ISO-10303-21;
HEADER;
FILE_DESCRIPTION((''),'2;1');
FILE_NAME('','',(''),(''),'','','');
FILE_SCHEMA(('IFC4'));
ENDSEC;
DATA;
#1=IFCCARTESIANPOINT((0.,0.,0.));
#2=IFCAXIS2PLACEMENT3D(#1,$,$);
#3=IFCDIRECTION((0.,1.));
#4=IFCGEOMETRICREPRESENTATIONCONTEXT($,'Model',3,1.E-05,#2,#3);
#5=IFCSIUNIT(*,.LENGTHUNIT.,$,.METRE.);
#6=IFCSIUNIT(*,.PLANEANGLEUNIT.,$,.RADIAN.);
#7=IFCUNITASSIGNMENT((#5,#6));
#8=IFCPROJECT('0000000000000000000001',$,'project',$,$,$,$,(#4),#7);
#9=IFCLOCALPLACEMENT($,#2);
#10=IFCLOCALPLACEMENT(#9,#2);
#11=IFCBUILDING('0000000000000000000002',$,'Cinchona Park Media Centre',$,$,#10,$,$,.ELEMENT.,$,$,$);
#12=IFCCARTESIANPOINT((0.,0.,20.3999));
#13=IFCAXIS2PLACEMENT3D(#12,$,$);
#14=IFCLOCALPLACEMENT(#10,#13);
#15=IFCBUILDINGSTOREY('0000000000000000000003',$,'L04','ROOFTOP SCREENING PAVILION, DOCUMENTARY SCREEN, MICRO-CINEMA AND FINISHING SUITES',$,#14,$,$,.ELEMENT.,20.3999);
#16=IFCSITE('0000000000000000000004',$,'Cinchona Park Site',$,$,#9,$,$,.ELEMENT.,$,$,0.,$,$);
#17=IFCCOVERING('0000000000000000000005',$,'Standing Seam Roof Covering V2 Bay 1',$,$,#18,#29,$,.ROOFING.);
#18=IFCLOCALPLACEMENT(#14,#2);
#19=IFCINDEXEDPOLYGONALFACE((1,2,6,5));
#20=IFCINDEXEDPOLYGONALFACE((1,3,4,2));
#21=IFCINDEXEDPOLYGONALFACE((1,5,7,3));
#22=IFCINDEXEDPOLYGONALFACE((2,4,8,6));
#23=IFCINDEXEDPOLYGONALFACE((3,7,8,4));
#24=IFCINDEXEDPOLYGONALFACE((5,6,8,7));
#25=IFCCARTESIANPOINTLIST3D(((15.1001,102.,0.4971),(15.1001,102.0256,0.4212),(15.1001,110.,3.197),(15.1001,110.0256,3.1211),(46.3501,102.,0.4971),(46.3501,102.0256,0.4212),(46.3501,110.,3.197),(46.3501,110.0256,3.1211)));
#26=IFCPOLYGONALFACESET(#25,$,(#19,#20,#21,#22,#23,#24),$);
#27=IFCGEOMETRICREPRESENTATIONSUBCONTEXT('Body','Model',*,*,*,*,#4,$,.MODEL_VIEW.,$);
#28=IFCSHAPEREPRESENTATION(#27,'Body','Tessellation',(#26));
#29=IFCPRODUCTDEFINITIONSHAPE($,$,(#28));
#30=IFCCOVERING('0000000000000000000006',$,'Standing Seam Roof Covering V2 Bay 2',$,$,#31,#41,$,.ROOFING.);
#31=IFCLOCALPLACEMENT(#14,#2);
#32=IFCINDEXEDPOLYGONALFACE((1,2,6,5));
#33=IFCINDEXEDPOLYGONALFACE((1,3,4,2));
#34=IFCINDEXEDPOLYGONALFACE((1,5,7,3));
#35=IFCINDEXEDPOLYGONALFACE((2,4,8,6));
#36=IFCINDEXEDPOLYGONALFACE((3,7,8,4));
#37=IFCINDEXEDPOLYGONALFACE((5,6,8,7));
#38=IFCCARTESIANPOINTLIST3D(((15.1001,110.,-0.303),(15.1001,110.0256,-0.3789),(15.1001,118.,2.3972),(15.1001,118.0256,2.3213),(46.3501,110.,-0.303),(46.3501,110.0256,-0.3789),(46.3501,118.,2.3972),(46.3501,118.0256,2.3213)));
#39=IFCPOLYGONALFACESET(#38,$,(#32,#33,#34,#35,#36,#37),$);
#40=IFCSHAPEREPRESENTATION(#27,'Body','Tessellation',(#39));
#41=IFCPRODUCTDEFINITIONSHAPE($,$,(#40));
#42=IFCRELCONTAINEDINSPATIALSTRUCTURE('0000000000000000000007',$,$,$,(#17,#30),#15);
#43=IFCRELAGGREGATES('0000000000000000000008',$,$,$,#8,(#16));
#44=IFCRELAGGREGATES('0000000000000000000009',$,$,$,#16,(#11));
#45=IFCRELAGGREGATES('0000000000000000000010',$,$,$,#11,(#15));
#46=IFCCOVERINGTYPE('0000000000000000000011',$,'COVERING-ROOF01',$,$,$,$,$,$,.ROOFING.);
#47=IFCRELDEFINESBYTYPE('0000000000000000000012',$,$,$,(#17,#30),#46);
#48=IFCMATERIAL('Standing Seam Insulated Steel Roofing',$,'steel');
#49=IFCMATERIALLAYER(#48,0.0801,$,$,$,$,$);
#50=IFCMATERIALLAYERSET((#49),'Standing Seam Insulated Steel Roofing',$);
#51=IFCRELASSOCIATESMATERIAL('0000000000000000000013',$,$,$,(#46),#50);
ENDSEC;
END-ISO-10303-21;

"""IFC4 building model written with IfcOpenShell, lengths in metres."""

from ifc_helpers import new_model, si_unit, direction, frame, origin, place, context, subcontext, project, spatial, polyline, outline, extrude, material, layer, layer_set, type_object, element, save


model = new_model("IFC4")

# Units and contexts
model_context = context("Model", 3, precision=1e-05, world=origin(), true_north=direction((0.0, 1.0)))
body_context = subcontext(model_context, "Body", "Model", "MODEL_VIEW")
ifc_project = project(units=[si_unit("LENGTHUNIT", "METRE"), si_unit("PLANEANGLEUNIT", "RADIAN")], contexts=[model_context])

# Site, building, storey
site_placement = place(None, origin())
site = spatial("IfcSite", under=ifc_project, at=site_placement, Name="Cinchona Park Site", CompositionType="ELEMENT", RefElevation=0.0)
building_placement = place(site_placement, origin())
building = spatial("IfcBuilding", under=site, at=building_placement, Name="Cinchona Park Media Centre", CompositionType="ELEMENT")
storey_placement = place(building_placement, frame((0.0, 0.0, 20.3999)))
storey = spatial("IfcBuildingStorey", under=building, at=storey_placement, Name="L04", Description="ROOFTOP SCREENING PAVILION, DOCUMENTARY SCREEN, MICRO-CINEMA AND FINISHING SUITES", CompositionType="ELEMENT", Elevation=20.3999)

# Coverings
ifc_material_1 = material(Name="Standing Seam Insulated Steel Roofing", Category="steel")
ifc_layer_1 = layer(ifc_material_1, 0.0801)
ifc_layer_set_1 = layer_set([ifc_layer_1], Name="Standing Seam Insulated Steel Roofing")
covering_type = type_object("IfcCoveringType", Name="COVERING-ROOF01", PredefinedType="ROOFING", material=ifc_layer_set_1)
covering_1_placement = place(storey_placement, frame((15.1001, 102.0, 0.4971), z_axis=(0.0, -0.319773, 0.947494), x_axis=(1.0, 0.0, 0.0)))
element("IfcCovering", 1, at=covering_1_placement, inside=storey, type_object=covering_type, Name="Standing Seam Roof Covering V2 Bay 1", PredefinedType="ROOFING", context=body_context, shape_type="SweptSolid", body=[
    extrude(outline(polyline([(0.0, 0.0), (31.25, 0.0), (31.25, 8.4433), (0.0, 8.4433), (0.0, 0.0)])), origin(), (0.0, 0.0, -1.0), 0.0801),
])
covering_2_placement = place(storey_placement, frame((15.1001, 110.0, -0.303), z_axis=(0.0, -0.319799, 0.947485), x_axis=(1.0, 0.0, 0.0)))
element("IfcCovering", 2, at=covering_2_placement, inside=storey, type_object=covering_type, Name="Standing Seam Roof Covering V2 Bay 2", PredefinedType="ROOFING", context=body_context, shape_type="SweptSolid", body=[
    extrude(outline(polyline([(0.0, 0.0), (31.25, 0.0), (31.25, 8.4434), (0.0, 8.4434), (0.0, 0.0)])), origin(), (0.0, 0.0, -1.0), 0.0801),
])

save(model, "model.ifc")
